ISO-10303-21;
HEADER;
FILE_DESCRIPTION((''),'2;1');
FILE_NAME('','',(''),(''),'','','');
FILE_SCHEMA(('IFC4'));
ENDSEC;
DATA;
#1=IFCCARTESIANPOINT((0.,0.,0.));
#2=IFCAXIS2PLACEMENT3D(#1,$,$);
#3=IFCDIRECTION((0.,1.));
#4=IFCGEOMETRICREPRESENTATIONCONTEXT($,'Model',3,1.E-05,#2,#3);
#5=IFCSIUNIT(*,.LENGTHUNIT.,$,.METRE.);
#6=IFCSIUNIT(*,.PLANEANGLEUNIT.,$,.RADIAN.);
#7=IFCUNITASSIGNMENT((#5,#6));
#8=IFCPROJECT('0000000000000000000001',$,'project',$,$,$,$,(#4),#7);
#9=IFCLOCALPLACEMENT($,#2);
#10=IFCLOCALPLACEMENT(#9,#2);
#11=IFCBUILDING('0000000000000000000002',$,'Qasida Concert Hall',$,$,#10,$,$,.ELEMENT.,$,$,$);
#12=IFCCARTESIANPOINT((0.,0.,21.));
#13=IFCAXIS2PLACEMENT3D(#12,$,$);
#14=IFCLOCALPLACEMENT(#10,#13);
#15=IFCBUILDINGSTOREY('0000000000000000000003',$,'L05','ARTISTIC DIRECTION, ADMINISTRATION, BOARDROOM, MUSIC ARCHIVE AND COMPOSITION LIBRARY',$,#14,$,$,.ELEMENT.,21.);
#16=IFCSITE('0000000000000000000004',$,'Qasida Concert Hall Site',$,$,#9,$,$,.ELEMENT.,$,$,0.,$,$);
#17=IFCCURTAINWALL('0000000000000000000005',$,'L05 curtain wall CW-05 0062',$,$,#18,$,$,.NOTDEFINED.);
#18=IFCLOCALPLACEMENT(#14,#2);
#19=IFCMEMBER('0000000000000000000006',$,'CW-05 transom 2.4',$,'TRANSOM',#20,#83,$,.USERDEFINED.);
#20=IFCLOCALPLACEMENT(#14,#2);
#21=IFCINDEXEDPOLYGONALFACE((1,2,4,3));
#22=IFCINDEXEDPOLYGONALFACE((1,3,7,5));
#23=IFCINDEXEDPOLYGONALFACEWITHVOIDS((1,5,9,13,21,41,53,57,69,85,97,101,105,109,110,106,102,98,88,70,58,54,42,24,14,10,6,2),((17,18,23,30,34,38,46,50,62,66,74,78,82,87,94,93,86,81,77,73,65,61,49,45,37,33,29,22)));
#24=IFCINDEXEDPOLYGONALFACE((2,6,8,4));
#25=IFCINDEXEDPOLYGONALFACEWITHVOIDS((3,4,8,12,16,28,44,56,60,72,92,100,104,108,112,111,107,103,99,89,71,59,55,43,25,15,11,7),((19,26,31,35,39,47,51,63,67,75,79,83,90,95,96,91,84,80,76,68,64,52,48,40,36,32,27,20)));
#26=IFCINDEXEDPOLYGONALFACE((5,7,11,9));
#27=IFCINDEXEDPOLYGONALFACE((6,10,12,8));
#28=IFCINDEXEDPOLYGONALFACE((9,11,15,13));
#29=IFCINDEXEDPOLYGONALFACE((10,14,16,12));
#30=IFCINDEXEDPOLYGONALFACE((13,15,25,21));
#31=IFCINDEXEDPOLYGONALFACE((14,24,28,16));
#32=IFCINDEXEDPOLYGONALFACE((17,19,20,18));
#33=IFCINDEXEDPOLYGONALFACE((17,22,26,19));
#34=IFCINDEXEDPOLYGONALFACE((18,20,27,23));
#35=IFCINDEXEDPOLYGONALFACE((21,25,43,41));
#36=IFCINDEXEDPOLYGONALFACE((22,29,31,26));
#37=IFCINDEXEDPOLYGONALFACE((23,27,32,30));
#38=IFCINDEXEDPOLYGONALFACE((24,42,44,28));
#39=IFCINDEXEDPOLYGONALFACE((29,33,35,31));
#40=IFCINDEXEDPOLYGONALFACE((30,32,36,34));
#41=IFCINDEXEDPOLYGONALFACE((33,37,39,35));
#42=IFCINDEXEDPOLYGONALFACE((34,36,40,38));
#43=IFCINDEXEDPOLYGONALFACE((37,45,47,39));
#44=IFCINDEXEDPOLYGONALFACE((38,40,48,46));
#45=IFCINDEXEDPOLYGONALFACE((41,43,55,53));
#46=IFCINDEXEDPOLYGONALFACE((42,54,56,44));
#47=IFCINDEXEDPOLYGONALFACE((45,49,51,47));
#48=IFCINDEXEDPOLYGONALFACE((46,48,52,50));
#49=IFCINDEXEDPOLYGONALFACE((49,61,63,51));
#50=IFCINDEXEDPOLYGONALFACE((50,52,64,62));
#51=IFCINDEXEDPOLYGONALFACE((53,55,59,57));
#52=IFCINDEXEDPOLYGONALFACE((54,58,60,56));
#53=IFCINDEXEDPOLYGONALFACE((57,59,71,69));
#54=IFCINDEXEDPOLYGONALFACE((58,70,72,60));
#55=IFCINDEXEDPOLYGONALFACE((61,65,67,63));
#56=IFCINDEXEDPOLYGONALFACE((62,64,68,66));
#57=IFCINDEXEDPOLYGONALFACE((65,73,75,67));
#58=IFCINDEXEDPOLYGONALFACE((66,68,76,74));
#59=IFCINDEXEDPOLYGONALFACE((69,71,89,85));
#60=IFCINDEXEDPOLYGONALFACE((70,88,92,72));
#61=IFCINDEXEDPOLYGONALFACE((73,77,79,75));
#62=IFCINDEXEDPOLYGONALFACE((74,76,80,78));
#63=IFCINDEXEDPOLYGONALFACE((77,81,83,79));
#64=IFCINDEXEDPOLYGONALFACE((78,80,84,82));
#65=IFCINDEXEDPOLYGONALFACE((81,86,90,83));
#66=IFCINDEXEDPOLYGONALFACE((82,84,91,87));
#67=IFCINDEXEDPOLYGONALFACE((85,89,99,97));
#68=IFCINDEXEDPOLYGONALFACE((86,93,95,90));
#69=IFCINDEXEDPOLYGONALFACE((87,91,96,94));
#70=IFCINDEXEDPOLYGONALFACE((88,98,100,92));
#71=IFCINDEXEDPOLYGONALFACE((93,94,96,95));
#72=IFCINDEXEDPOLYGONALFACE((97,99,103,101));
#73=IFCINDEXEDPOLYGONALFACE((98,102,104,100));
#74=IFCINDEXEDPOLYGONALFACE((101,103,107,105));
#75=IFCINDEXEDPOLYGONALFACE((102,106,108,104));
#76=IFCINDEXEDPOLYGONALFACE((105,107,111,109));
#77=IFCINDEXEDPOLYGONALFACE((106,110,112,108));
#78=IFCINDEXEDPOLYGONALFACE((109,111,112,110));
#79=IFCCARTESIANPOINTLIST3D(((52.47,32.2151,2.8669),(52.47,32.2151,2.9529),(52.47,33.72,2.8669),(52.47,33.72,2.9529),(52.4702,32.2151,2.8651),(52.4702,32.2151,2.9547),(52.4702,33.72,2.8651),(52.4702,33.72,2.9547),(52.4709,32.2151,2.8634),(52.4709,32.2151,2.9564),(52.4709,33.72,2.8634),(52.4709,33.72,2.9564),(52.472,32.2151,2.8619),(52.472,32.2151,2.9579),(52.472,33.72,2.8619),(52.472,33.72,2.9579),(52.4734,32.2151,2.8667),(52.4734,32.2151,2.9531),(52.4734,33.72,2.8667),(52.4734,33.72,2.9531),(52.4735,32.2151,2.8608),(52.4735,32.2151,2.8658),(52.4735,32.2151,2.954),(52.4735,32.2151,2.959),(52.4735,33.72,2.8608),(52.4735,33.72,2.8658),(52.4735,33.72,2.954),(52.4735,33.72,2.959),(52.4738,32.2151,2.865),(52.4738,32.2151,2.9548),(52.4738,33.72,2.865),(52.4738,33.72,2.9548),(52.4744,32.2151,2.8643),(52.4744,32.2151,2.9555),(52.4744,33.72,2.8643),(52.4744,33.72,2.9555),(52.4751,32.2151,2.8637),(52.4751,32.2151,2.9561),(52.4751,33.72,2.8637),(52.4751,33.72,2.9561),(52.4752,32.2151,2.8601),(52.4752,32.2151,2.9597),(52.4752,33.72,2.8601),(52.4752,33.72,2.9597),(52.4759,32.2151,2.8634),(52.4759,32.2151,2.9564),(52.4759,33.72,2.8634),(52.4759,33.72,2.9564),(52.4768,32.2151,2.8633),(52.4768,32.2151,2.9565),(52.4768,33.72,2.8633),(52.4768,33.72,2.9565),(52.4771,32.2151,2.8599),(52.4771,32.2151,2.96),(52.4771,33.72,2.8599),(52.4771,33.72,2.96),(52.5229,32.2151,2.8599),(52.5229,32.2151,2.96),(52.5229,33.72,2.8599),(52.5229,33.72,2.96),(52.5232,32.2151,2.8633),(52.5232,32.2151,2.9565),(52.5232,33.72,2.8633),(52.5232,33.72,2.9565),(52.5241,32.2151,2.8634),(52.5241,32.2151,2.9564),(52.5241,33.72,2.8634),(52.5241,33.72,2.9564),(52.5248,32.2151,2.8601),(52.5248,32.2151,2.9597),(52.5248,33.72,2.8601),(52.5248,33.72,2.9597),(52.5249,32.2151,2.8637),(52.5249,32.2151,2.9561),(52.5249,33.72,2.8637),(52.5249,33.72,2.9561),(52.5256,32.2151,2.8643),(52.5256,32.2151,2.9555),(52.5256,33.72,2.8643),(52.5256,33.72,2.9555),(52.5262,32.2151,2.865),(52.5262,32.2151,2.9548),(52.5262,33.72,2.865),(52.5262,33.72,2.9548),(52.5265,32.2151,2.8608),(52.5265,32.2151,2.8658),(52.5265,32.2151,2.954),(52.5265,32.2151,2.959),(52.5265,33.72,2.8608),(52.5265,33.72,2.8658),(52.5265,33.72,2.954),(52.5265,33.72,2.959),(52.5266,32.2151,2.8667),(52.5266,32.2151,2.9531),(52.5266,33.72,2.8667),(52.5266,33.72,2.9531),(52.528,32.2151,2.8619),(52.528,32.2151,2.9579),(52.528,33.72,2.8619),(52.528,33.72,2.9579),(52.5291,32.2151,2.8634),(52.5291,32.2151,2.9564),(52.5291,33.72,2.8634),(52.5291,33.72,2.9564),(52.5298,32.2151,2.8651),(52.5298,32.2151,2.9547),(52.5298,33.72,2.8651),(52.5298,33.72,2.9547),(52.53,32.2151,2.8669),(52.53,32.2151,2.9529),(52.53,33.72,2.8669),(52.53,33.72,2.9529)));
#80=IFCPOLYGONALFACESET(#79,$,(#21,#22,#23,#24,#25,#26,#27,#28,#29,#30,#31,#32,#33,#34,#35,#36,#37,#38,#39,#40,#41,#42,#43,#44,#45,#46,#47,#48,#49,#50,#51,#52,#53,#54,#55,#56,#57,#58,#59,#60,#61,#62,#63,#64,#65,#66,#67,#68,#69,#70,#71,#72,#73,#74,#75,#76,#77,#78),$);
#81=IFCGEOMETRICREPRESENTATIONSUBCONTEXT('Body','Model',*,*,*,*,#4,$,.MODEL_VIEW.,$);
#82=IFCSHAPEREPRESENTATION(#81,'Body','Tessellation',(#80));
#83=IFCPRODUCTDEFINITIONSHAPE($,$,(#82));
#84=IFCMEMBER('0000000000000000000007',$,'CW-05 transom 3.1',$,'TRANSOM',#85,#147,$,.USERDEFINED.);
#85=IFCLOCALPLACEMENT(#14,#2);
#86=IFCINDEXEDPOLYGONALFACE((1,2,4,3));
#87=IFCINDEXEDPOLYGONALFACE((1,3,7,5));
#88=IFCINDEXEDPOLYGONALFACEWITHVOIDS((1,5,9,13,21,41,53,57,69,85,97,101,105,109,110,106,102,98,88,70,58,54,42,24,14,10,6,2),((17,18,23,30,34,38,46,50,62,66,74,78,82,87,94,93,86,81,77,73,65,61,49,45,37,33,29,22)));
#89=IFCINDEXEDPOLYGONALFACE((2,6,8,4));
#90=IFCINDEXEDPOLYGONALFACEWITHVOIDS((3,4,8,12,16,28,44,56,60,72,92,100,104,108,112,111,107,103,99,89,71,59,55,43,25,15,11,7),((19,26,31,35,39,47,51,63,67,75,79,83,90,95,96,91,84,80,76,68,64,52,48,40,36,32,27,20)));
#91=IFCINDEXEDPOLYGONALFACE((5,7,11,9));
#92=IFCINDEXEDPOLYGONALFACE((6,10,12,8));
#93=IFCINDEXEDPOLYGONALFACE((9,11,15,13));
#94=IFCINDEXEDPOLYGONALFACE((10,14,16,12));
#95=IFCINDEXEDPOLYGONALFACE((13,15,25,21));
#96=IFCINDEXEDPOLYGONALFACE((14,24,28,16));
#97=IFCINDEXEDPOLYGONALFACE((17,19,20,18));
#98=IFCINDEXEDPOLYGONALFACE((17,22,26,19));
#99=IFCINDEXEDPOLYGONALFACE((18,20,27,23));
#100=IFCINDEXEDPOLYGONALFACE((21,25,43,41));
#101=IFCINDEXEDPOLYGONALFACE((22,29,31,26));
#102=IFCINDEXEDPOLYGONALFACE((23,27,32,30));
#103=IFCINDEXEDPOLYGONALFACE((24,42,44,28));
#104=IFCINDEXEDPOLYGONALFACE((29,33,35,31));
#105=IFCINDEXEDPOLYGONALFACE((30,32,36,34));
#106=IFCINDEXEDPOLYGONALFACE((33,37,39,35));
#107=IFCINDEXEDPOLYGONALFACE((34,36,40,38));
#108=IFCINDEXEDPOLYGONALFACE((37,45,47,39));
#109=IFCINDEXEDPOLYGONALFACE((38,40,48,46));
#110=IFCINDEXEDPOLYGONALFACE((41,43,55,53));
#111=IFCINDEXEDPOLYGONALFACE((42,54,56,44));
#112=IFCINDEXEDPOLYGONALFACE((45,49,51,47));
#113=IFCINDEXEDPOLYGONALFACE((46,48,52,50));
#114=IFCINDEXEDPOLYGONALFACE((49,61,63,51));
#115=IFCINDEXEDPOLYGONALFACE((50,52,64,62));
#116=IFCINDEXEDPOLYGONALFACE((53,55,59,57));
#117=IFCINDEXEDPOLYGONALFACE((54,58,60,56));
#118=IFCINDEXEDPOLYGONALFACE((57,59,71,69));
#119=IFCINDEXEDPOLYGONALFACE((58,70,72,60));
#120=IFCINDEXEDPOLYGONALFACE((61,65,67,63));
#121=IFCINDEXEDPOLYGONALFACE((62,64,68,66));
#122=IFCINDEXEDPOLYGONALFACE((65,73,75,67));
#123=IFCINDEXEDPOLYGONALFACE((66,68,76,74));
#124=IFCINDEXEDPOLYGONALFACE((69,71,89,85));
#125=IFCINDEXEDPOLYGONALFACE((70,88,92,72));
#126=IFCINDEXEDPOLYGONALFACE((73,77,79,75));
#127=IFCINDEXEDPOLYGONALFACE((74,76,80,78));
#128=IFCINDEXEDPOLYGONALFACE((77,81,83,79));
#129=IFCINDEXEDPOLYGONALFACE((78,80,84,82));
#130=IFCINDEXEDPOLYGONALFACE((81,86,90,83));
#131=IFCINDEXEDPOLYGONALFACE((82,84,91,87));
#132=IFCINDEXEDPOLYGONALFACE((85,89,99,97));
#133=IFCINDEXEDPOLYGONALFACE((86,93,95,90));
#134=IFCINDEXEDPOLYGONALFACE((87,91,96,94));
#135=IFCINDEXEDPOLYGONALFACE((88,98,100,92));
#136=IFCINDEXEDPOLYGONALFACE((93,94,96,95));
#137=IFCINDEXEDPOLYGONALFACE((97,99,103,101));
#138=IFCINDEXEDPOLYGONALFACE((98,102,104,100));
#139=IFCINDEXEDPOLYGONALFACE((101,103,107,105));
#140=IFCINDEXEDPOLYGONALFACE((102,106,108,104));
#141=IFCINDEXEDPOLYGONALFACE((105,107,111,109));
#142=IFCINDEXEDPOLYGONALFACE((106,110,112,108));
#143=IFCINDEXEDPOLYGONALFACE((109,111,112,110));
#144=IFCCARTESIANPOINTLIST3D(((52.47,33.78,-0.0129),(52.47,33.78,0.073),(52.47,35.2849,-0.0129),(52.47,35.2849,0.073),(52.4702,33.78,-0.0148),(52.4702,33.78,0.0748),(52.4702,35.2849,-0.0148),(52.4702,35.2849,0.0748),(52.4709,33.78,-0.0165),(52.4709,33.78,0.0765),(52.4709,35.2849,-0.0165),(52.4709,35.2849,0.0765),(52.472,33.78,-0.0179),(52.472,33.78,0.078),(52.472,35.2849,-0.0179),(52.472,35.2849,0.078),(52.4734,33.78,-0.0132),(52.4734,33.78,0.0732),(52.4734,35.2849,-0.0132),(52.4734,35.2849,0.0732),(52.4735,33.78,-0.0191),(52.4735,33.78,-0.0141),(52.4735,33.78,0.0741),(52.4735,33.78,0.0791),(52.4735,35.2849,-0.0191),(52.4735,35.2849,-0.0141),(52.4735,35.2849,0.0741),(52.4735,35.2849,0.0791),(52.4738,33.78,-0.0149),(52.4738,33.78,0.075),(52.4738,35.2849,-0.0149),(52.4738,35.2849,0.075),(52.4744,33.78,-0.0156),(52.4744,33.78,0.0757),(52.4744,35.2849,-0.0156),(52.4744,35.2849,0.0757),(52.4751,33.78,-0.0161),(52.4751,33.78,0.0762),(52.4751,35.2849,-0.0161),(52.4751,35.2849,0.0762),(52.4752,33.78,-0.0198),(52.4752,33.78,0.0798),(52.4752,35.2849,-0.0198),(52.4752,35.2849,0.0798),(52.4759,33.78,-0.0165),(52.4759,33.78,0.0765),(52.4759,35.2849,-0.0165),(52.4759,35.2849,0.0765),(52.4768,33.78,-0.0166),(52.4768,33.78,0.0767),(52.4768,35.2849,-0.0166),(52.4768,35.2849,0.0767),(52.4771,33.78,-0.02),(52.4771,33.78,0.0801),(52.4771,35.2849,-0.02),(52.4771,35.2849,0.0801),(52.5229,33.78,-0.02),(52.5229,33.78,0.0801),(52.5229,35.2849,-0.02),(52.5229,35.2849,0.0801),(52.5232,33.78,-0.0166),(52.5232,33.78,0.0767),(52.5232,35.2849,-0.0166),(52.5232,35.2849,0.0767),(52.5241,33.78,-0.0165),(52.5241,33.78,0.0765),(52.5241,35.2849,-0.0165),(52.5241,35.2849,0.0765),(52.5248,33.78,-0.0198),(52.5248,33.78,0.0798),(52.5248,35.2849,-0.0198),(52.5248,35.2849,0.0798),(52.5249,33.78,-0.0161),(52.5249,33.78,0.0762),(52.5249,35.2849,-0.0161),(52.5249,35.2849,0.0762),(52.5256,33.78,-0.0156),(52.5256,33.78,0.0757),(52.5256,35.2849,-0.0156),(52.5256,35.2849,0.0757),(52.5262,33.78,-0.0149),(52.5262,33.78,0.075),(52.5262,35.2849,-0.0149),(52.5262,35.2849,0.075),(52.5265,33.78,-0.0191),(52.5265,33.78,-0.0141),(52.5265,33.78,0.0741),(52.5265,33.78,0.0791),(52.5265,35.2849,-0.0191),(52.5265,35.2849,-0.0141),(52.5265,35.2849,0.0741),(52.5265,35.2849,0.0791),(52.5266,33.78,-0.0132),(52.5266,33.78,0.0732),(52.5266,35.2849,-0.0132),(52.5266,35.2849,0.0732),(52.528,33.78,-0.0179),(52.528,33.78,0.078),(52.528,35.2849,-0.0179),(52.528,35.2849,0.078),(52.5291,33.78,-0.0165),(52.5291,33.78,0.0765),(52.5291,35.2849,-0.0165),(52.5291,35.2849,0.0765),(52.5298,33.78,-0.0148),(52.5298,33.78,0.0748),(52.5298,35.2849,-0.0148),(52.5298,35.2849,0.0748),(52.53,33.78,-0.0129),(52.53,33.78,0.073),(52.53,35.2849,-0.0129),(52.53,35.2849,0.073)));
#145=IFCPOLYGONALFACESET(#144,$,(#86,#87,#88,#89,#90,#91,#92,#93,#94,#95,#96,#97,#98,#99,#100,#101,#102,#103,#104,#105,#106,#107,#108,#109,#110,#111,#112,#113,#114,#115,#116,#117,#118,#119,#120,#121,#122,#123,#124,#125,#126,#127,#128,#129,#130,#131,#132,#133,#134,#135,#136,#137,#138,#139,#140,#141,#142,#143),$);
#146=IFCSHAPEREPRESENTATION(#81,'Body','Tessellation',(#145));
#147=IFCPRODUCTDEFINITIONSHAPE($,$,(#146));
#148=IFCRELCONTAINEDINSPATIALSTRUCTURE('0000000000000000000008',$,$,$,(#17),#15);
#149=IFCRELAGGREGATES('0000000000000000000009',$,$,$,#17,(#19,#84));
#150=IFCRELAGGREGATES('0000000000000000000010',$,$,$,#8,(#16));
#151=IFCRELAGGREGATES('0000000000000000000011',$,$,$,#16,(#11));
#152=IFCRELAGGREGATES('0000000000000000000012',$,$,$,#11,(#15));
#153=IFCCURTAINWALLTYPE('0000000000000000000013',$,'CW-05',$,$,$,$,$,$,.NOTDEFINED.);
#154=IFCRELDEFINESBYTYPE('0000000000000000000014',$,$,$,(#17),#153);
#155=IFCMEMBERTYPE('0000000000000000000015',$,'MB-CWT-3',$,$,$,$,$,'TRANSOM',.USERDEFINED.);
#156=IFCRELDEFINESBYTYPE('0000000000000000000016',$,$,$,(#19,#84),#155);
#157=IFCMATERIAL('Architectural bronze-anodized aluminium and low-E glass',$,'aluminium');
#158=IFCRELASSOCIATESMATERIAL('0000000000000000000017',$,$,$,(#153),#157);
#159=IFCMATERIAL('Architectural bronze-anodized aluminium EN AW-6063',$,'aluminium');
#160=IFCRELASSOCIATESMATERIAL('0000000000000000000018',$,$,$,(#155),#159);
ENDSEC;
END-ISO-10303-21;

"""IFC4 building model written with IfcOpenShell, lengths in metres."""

from ifc_helpers import new_model, si_unit, direction, frame, origin, origin_2d, place, context, subcontext, project, spatial, hollow_rectangle, extrude, material, material_profile, profile_set, type_object, element, aggregate, save


model = new_model("IFC4")

# Units and contexts
model_context = context("Model", 3, precision=1e-05, world=origin(), true_north=direction((0.0, 1.0)))
body_context = subcontext(model_context, "Body", "Model", "MODEL_VIEW")
ifc_project = project(units=[si_unit("LENGTHUNIT", "METRE"), si_unit("PLANEANGLEUNIT", "RADIAN")], contexts=[model_context])

# Site, building, storey
site_placement = place(None, origin())
site = spatial("IfcSite", under=ifc_project, at=site_placement, Name="Qasida Concert Hall Site", CompositionType="ELEMENT", RefElevation=0.0)
building_placement = place(site_placement, origin())
building = spatial("IfcBuilding", under=site, at=building_placement, Name="Qasida Concert Hall", CompositionType="ELEMENT")
storey_placement = place(building_placement, frame((0.0, 0.0, 21.0)))
storey = spatial("IfcBuildingStorey", under=building, at=storey_placement, Name="L05", Description="ARTISTIC DIRECTION, ADMINISTRATION, BOARDROOM, MUSIC ARCHIVE AND COMPOSITION LIBRARY", CompositionType="ELEMENT", Elevation=21.0)

# Shared definitions
ifc_material_1 = material(Name="Architectural bronze-anodized aluminium and low-E glass", Category="aluminium")
curtain_wall_type = type_object("IfcCurtainWallType", Name="CW-05", PredefinedType="NOTDEFINED", material=ifc_material_1)
ifc_material_2 = material(Name="Architectural bronze-anodized aluminium EN AW-6063", Category="aluminium")

# Curtain wall
curtain_wall_1_placement = place(storey_placement, origin())
curtain_wall_1 = element("IfcCurtainWall", 1, at=curtain_wall_1_placement, inside=storey, type_object=curtain_wall_type, Name="L05 curtain wall CW-05 0062", PredefinedType="NOTDEFINED")

# Members
ifc_material_profile_1 = material_profile(ifc_material_2, hollow_rectangle(XDim=0.0601, YDim=0.1001, WallThickness=0.0034, InnerFilletRadius=0.0034, OuterFilletRadius=0.0071, at=origin_2d()), Name="CWT 100x60x3.5")
ifc_profile_set_1 = profile_set([ifc_material_profile_1], Name="Architectural bronze-anodized aluminium EN AW-6063")
member_type_1 = type_object("IfcMemberType", Name="MB-CWT-3", ElementType="TRANSOM", PredefinedType="USERDEFINED", material=ifc_profile_set_1)
member_1_placement = place(storey_placement, frame((52.5, 32.2151, 2.9099), z_axis=(0.0, 1.0, 0.0), x_axis=(-1.0, 0.0, 0.0)))
member_1 = element("IfcMember", 2, at=member_1_placement, type_object=member_type_1, Name="CW-05 transom 2.4", ObjectType="TRANSOM", PredefinedType="USERDEFINED", context=body_context, shape_type="SweptSolid", body=[
    extrude(hollow_rectangle(XDim=0.0601, YDim=0.1001, WallThickness=0.0034, InnerFilletRadius=0.0034, OuterFilletRadius=0.0071, at=origin_2d()), origin(), (0.0, 0.0, 1.0), 1.5049),
])
member_2_placement = place(storey_placement, frame((52.5, 33.78, 0.03), z_axis=(0.0, 1.0, 0.0), x_axis=(-1.0, 0.0, 0.0)))
member_2 = element("IfcMember", 3, at=member_2_placement, type_object=member_type_1, Name="CW-05 transom 3.1", ObjectType="TRANSOM", PredefinedType="USERDEFINED", context=body_context, shape_type="SweptSolid", body=[
    extrude(hollow_rectangle(XDim=0.0601, YDim=0.1001, WallThickness=0.0034, InnerFilletRadius=0.0034, OuterFilletRadius=0.0071, at=origin_2d()), origin(), (0.0, 0.0, 1.0), 1.5049),
])

aggregate(curtain_wall_1, [member_1, member_2])

save(model, "model.ifc")
